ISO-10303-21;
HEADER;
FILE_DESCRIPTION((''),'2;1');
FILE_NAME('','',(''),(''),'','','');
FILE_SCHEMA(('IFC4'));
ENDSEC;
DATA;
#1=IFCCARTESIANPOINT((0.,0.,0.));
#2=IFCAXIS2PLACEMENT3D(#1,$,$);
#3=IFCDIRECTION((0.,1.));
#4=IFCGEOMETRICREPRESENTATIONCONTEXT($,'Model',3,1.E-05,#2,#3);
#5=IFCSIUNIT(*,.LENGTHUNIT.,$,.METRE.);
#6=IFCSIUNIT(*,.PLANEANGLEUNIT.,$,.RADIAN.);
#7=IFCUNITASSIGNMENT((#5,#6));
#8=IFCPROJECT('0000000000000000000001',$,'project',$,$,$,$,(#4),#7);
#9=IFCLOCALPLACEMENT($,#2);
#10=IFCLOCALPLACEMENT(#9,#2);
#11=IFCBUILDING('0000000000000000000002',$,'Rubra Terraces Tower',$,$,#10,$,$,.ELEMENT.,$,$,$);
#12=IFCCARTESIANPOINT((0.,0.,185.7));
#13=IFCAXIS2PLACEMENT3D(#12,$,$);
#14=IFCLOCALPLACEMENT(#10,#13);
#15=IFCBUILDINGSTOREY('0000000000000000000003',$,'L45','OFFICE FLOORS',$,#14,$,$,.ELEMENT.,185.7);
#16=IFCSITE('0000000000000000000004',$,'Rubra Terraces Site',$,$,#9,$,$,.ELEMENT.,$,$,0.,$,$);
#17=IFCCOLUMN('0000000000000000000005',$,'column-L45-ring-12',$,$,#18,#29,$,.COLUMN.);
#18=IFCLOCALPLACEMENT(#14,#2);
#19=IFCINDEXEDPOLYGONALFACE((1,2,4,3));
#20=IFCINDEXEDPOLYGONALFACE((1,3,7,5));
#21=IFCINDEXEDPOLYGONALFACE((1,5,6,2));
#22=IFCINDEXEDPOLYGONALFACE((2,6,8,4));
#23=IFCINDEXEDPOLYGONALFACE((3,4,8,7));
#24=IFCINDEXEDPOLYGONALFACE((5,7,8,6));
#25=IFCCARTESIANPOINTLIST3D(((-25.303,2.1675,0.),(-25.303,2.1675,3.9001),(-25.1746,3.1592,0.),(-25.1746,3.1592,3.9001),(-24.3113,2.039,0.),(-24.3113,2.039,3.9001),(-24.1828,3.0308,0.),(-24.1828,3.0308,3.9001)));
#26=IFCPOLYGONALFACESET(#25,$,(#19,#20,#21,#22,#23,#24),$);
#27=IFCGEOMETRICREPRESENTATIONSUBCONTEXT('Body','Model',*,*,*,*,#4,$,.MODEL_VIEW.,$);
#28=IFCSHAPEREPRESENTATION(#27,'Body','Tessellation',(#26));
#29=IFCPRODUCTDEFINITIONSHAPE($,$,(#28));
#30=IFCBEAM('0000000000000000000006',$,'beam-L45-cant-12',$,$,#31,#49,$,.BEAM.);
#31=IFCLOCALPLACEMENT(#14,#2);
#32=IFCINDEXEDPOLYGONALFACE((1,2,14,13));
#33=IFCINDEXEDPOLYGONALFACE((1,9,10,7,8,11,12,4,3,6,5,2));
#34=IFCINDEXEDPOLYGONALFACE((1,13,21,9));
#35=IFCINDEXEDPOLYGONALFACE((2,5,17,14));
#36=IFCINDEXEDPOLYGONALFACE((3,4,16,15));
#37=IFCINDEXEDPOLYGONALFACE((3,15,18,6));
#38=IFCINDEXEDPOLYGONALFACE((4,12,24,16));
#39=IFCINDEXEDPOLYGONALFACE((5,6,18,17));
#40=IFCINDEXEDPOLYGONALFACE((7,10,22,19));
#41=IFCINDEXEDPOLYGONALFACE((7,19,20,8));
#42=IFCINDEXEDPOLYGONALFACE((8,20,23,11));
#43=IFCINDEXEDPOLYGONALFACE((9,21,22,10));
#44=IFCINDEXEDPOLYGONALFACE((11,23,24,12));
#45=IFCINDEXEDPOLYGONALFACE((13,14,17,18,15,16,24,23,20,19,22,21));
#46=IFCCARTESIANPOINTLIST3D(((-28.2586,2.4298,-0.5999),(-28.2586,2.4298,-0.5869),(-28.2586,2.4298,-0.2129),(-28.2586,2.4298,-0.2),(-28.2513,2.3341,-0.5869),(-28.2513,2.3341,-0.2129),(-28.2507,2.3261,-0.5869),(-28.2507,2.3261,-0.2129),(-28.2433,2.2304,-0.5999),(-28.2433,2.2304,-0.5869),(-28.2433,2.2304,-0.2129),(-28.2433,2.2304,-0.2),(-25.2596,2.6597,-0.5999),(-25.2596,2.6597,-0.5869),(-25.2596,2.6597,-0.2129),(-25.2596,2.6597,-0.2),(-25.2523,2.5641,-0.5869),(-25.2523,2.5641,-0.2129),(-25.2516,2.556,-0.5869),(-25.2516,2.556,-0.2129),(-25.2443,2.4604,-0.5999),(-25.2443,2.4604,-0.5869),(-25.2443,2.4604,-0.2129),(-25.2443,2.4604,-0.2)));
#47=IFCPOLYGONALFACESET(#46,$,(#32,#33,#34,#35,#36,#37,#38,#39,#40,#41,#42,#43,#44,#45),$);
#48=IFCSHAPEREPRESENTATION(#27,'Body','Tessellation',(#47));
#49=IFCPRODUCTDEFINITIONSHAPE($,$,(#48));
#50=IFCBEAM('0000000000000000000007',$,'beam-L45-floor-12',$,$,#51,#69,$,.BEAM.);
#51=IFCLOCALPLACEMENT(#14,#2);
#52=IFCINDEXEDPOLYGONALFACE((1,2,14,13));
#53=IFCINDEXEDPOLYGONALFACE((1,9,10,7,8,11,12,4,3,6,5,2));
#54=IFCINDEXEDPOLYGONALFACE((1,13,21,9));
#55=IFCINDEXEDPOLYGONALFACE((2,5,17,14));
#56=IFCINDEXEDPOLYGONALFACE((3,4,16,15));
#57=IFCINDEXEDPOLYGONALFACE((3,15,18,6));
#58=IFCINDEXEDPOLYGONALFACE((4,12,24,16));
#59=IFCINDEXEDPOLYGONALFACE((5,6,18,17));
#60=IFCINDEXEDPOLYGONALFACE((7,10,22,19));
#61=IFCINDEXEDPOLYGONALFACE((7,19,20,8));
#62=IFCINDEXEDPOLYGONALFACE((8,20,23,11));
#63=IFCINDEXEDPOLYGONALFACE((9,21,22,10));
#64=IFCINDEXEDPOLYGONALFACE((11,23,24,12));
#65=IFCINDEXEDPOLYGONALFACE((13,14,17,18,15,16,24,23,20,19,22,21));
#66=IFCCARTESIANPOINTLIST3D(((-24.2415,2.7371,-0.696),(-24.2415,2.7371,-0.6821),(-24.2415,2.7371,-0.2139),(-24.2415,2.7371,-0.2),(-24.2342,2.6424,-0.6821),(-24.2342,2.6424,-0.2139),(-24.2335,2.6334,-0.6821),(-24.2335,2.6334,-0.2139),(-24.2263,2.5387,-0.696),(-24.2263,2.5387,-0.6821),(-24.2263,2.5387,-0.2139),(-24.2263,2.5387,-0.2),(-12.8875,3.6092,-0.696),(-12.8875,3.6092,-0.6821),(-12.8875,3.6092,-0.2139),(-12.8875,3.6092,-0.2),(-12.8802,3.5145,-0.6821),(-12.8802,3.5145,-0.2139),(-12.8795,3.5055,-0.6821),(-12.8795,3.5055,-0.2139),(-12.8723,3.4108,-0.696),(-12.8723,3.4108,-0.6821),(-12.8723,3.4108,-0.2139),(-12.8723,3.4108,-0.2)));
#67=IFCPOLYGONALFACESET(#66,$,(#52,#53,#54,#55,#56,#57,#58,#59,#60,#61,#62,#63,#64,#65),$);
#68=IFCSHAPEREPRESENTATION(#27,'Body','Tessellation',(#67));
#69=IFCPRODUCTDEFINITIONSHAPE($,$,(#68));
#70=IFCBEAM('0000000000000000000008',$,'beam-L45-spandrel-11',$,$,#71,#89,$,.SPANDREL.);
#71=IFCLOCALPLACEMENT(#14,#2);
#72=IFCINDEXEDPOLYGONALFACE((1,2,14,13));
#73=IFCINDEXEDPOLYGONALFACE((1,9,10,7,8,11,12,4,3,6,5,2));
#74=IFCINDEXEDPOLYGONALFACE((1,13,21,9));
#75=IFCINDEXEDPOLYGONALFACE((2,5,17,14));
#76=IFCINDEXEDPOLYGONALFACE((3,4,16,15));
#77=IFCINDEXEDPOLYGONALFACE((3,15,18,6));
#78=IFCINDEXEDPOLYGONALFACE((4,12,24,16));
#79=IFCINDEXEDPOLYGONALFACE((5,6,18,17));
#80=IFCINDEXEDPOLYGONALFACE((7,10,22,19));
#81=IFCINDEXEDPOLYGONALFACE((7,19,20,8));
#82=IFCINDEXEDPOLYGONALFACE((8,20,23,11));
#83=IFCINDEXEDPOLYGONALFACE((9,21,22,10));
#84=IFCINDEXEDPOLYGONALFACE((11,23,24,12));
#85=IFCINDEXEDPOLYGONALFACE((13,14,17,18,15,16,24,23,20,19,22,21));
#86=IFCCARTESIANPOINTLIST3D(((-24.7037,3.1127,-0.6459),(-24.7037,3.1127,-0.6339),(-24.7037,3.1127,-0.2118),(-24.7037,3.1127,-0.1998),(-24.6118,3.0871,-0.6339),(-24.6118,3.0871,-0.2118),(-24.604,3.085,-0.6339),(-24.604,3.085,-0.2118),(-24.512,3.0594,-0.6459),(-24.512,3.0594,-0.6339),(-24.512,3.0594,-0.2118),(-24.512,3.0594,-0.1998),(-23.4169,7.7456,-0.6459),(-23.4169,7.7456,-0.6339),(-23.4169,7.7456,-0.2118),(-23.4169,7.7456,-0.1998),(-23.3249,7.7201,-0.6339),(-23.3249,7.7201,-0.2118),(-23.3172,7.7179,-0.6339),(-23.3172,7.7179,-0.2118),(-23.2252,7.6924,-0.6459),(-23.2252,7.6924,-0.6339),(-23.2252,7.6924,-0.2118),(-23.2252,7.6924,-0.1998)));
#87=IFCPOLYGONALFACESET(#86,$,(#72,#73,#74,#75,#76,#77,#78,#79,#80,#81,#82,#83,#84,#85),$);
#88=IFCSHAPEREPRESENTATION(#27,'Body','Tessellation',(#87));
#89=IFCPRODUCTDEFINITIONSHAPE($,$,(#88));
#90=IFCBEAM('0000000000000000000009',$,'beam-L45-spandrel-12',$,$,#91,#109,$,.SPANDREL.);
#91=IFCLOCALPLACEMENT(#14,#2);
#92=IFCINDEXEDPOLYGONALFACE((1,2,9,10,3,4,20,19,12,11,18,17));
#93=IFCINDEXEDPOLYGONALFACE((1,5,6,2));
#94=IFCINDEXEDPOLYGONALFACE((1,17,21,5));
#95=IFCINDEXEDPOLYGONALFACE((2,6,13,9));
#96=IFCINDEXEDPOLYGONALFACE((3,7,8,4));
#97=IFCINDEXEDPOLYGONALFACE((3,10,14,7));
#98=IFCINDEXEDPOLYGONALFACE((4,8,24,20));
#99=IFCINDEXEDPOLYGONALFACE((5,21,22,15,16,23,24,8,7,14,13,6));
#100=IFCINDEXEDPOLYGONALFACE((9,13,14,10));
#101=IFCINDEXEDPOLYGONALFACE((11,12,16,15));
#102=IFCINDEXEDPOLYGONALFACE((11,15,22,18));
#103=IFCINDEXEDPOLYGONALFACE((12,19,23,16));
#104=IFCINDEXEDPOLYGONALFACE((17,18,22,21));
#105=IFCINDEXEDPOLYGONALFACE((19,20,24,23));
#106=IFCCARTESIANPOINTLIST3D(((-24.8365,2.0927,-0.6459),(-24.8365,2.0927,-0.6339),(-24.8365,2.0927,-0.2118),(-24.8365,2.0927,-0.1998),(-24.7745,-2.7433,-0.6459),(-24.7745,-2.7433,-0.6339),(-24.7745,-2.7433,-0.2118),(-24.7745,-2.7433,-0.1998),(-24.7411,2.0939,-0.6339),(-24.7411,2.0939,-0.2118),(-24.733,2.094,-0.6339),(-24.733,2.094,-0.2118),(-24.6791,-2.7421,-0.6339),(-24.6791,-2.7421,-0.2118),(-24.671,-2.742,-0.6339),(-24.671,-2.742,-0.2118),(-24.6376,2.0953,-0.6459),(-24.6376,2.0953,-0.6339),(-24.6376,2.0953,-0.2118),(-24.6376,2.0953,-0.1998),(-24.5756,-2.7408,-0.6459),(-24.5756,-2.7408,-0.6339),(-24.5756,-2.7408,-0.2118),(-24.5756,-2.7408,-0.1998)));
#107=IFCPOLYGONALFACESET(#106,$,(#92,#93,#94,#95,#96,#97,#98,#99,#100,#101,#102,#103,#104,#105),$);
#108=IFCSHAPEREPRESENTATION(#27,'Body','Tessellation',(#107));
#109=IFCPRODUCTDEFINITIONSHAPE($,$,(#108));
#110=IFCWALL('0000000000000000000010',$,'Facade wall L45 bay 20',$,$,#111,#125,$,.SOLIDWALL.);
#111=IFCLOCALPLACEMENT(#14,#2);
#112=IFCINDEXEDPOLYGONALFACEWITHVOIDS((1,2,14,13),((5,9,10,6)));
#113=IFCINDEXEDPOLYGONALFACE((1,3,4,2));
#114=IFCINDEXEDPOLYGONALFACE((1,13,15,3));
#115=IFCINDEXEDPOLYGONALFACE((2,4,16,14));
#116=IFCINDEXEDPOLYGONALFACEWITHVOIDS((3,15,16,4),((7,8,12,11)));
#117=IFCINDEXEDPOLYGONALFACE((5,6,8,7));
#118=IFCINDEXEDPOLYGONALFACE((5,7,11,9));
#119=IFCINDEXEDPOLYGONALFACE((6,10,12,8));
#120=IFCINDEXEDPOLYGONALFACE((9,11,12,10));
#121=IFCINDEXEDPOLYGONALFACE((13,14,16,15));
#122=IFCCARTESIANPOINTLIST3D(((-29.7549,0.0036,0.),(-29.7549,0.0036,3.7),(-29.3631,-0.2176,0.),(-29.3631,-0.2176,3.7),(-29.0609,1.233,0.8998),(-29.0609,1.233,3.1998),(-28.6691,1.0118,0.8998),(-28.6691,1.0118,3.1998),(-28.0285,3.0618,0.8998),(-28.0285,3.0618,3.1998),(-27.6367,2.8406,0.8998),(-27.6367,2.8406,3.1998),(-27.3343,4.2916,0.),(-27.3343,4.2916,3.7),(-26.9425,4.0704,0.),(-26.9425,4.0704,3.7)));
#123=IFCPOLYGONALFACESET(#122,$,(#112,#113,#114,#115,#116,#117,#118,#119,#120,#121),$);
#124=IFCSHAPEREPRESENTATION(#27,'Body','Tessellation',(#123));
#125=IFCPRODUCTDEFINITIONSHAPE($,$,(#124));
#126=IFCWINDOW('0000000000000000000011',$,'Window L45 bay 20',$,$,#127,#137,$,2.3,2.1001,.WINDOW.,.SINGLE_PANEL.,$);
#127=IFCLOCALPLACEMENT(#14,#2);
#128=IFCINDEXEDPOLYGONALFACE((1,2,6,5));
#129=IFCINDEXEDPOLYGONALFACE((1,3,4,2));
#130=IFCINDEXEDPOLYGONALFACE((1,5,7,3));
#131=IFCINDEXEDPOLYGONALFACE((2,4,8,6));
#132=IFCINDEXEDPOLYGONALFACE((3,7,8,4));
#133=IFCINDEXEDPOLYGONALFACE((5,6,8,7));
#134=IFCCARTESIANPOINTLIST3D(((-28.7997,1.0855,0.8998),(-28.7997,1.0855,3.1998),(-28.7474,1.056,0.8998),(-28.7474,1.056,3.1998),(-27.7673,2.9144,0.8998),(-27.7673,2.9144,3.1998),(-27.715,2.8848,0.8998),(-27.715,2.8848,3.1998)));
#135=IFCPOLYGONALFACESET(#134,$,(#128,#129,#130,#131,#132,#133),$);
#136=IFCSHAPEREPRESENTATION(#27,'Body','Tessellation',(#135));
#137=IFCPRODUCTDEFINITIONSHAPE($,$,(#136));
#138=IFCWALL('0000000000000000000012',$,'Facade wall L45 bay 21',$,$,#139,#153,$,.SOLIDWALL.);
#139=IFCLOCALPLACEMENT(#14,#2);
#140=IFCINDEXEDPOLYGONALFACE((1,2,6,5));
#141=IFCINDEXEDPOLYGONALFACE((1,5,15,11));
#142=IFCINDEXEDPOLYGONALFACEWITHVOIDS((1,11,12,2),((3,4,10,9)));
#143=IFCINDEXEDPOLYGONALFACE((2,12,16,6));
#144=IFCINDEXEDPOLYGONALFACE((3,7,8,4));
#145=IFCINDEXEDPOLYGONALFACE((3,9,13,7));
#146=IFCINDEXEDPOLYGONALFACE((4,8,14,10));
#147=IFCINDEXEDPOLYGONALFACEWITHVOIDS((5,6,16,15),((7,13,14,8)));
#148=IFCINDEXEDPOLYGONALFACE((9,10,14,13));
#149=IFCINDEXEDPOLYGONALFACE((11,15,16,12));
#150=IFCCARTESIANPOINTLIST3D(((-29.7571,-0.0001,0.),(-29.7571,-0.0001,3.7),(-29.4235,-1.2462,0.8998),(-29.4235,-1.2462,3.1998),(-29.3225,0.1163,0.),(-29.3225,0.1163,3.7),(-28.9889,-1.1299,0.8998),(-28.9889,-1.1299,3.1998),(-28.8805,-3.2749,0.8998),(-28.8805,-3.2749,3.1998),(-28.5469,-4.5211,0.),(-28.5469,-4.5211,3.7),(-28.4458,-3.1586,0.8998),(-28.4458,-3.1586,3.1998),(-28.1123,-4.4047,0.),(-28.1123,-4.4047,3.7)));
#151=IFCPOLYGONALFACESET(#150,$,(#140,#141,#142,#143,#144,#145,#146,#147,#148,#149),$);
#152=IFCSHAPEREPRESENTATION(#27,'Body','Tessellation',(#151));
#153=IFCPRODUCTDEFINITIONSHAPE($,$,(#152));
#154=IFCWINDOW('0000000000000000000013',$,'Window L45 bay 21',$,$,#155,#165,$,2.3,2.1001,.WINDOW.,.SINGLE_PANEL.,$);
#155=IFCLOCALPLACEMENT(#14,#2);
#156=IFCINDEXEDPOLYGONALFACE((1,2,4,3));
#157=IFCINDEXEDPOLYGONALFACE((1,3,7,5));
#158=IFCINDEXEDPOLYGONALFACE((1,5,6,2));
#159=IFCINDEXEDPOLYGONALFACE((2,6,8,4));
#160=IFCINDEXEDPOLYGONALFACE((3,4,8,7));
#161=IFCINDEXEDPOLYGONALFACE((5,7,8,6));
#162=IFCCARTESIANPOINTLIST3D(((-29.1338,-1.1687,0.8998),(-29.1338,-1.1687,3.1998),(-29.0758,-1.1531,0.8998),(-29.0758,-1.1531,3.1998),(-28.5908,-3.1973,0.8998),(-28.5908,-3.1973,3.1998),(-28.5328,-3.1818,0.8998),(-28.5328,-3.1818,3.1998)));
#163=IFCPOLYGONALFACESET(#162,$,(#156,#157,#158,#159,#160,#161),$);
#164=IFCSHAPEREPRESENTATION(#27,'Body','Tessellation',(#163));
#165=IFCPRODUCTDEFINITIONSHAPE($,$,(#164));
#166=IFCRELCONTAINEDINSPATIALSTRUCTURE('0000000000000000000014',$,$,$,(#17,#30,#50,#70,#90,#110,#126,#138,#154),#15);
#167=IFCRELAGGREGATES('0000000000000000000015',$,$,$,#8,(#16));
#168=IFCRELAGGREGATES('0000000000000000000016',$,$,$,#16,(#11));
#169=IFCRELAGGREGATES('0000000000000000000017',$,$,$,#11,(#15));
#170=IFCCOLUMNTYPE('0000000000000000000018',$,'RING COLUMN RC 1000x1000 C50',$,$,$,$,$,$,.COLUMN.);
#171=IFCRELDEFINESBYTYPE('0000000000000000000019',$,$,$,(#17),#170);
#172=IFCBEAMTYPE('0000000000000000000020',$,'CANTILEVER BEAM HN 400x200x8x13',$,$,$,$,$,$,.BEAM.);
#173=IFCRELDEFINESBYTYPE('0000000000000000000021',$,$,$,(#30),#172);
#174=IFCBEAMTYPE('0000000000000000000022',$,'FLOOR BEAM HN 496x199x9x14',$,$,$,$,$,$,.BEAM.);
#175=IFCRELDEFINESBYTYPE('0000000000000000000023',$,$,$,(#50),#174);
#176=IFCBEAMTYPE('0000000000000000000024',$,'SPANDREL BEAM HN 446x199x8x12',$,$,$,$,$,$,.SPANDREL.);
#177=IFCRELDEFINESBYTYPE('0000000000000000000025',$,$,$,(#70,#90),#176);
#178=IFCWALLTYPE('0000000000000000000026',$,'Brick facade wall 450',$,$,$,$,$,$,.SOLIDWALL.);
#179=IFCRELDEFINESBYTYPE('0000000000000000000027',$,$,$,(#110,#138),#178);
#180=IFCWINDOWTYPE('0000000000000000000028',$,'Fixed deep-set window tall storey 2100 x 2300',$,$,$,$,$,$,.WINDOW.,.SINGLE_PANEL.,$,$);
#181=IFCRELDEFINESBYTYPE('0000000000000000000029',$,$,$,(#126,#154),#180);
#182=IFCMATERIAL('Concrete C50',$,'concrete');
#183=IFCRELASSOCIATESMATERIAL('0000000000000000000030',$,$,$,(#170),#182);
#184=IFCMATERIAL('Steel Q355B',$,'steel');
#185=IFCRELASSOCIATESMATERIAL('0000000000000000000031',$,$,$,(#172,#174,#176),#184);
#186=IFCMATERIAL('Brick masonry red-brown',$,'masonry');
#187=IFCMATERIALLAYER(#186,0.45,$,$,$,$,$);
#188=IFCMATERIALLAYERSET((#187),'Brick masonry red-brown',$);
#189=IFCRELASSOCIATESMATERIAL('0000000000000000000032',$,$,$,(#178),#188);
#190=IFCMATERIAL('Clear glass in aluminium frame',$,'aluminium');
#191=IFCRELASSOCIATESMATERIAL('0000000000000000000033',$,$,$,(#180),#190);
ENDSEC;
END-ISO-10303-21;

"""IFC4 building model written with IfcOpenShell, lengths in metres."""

from ifc_helpers import new_model, si_unit, direction, frame, frame_2d, origin, origin_2d, place, context, subcontext, project, spatial, rectangle, i_section, extrude, material, layer, layer_set, material_profile, profile_set, type_object, element, fill, save


model = new_model("IFC4")

# Units and contexts
model_context = context("Model", 3, precision=1e-05, world=origin(), true_north=direction((0.0, 1.0)))
body_context = subcontext(model_context, "Body", "Model", "MODEL_VIEW")
ifc_project = project(units=[si_unit("LENGTHUNIT", "METRE"), si_unit("PLANEANGLEUNIT", "RADIAN")], contexts=[model_context])

# Site, building, storey
site_placement = place(None, origin())
site = spatial("IfcSite", under=ifc_project, at=site_placement, Name="Rubra Terraces Site", CompositionType="ELEMENT", RefElevation=0.0)
building_placement = place(site_placement, origin())
building = spatial("IfcBuilding", under=site, at=building_placement, Name="Rubra Terraces Tower", CompositionType="ELEMENT")
storey_placement = place(building_placement, frame((0.0, 0.0, 185.7)))
storey = spatial("IfcBuildingStorey", under=building, at=storey_placement, Name="L45", Description="OFFICE FLOORS", CompositionType="ELEMENT", Elevation=185.7)

# Column
ifc_material_1 = material(Name="Concrete C50", Category="concrete")
ifc_material_profile_1 = material_profile(ifc_material_1, rectangle(XDim=1.0, YDim=1.0, at=origin_2d()), Name="RC 1000x1000")
ifc_profile_set_1 = profile_set([ifc_material_profile_1], Name="Concrete C50")
column_type = type_object("IfcColumnType", Name="RING COLUMN RC 1000x1000 C50", PredefinedType="COLUMN", material=ifc_profile_set_1)
column_placement = place(storey_placement, frame((-24.7429, 2.5991, 0.0), z_axis=(0.0, 0.0, 1.0), x_axis=(-0.128444, -0.991717, 0.0)))
element("IfcColumn", 1, at=column_placement, inside=storey, type_object=column_type, Name="column-L45-ring-12", PredefinedType="COLUMN", context=body_context, shape_type="SweptSolid", body=[
    extrude(rectangle(XDim=1.0, YDim=1.0, at=origin_2d()), origin(), (0.0, 0.0, 1.0), 3.9001),
])

# Beams
ifc_material_2 = material(Name="Steel Q355B", Category="steel")
ifc_material_profile_2 = material_profile(ifc_material_2, i_section(OverallWidth=0.2, OverallDepth=0.3999, WebThickness=0.0081, FlangeThickness=0.0129, at=origin_2d()), Name="HN 400x200x8x13")
ifc_profile_set_2 = profile_set([ifc_material_profile_2], Name="Steel Q355B")
beam_type_1 = type_object("IfcBeamType", Name="CANTILEVER BEAM HN 400x200x8x13", PredefinedType="BEAM", material=ifc_profile_set_2)
beam_1_placement = place(storey_placement, frame((-25.252, 2.5601, -0.3999), z_axis=(-0.997073, -0.076461, 0.0), x_axis=(0.076461, -0.997073, 0.0)))
element("IfcBeam", 2, at=beam_1_placement, inside=storey, type_object=beam_type_1, Name="beam-L45-cant-12", PredefinedType="BEAM", context=body_context, shape_type="SweptSolid", body=[
    extrude(i_section(OverallWidth=0.2, OverallDepth=0.3999, WebThickness=0.0081, FlangeThickness=0.0129, at=origin_2d()), origin(), (0.0, 0.0, 1.0), 3.0078),
])
ifc_material_profile_3 = material_profile(ifc_material_2, i_section(OverallWidth=0.199, OverallDepth=0.4961, WebThickness=0.009, FlangeThickness=0.0139, at=origin_2d()), Name="HN 496x199x9x14")
ifc_profile_set_3 = profile_set([ifc_material_profile_3], Name="Steel Q355B")
beam_type_2 = type_object("IfcBeamType", Name="FLOOR BEAM HN 496x199x9x14", PredefinedType="BEAM", material=ifc_profile_set_3)
beam_2_placement = place(storey_placement, frame((-24.2339, 2.6379, -0.448), z_axis=(0.997063, 0.076582, 0.0), x_axis=(-0.076582, 0.997063, 0.0)))
element("IfcBeam", 3, at=beam_2_placement, inside=storey, type_object=beam_type_2, Name="beam-L45-floor-12", PredefinedType="BEAM", context=body_context, shape_type="SweptSolid", body=[
    extrude(i_section(OverallWidth=0.199, OverallDepth=0.4961, WebThickness=0.009, FlangeThickness=0.0139, at=origin_2d()), origin(), (0.0, 0.0, 1.0), 11.3875),
])
ifc_material_profile_4 = material_profile(ifc_material_2, i_section(OverallWidth=0.199, OverallDepth=0.446, WebThickness=0.0081, FlangeThickness=0.012, at=origin_2d()), Name="HN 446x199x8x12")
ifc_profile_set_4 = profile_set([ifc_material_profile_4], Name="Steel Q355B")
beam_type_3 = type_object("IfcBeamType", Name="SPANDREL BEAM HN 446x199x8x12", PredefinedType="SPANDREL", material=ifc_profile_set_4)
beam_3_placement = place(storey_placement, frame((-23.321, 7.719, -0.4229), z_axis=(-0.267626, -0.963523, 0.0), x_axis=(0.963523, -0.267626, 0.0)))
element("IfcBeam", 4, at=beam_3_placement, inside=storey, type_object=beam_type_3, Name="beam-L45-spandrel-11", PredefinedType="SPANDREL", context=body_context, shape_type="SweptSolid", body=[
    extrude(i_section(OverallWidth=0.199, OverallDepth=0.446, WebThickness=0.0081, FlangeThickness=0.012, at=origin_2d()), origin(), (0.0, 0.0, 1.0), 4.8083),
])
beam_4_placement = place(storey_placement, frame((-24.7371, 2.094, -0.4229), z_axis=(0.012822, -0.999918, 0.0), x_axis=(0.999918, 0.012822, 0.0)))
element("IfcBeam", 5, at=beam_4_placement, inside=storey, type_object=beam_type_3, Name="beam-L45-spandrel-12", PredefinedType="SPANDREL", context=body_context, shape_type="SweptSolid", body=[
    extrude(i_section(OverallWidth=0.199, OverallDepth=0.446, WebThickness=0.0081, FlangeThickness=0.012, at=origin_2d()), origin(), (0.0, 0.0, 1.0), 4.8364),
])

# Walls, openings, windows
ifc_material_3 = material(Name="Brick masonry red-brown", Category="masonry")
ifc_layer_1 = layer(ifc_material_3, 0.45)
ifc_layer_set_1 = layer_set([ifc_layer_1], Name="Brick masonry red-brown")
wall_type_1 = type_object("IfcWallType", Name="Brick facade wall 450", PredefinedType="SOLIDWALL", material=ifc_layer_set_1)
wall_1_placement = place(storey_placement, frame((-27.1384, 4.1809, 0.0), z_axis=(0.0, 0.0, 1.0), x_axis=(-0.491588, -0.870828, 0.0)))
wall_1 = element("IfcWall", 6, at=wall_1_placement, inside=storey, type_object=wall_type_1, Name="Facade wall L45 bay 20", PredefinedType="SOLIDWALL", context=body_context, shape_type="SweptSolid", body=[
    extrude(rectangle(XDim=4.9241, YDim=0.45, at=frame_2d((2.4619, 0.0))), origin(), (0.0, 0.0, 1.0), 3.7),
])
opening_1_placement = place(wall_1_placement, frame((1.4121, 0.0, 0.8999)))
opening_1 = element("IfcOpeningElement", 7, at=opening_1_placement, cuts=wall_1, PredefinedType="OPENING", context=body_context, shape_type="SweptSolid", body=[
    extrude(rectangle(XDim=2.1001, YDim=2.3, at=frame_2d((1.05, 1.1499))), frame((0.0, 0.2349, 0.0), z_axis=(0.0, -1.0, 0.0), x_axis=(1.0, 0.0, 0.0)), (0.0, 0.0, 1.0), 0.47),
])
ifc_material_4 = material(Name="Clear glass in aluminium frame", Category="aluminium")
window_type = type_object("IfcWindowType", Name="Fixed deep-set window tall storey 2100 x 2300", PartitioningType="SINGLE_PANEL", PredefinedType="WINDOW", material=ifc_material_4)
window_1_placement = place(opening_1_placement, origin())
window_1 = element("IfcWindow", 8, at=window_1_placement, inside=storey, type_object=window_type, Name="Window L45 bay 20", OverallHeight=2.3, OverallWidth=2.1001, PartitioningType="SINGLE_PANEL", PredefinedType="WINDOW", context=body_context, shape_type="SweptSolid", body=[
    extrude(rectangle(XDim=2.1001, YDim=2.3, at=frame_2d((1.05, 1.1499))), frame((0.0, 0.135, 0.0), z_axis=(0.0, -1.0, 0.0), x_axis=(1.0, 0.0, 0.0)), (0.0, 0.0, 1.0), 0.0601),
])
fill(opening_1, window_1)
wall_2_placement = place(storey_placement, frame((-29.5398, 0.0581, 0.0), z_axis=(0.0, 0.0, 1.0), x_axis=(0.258581, -0.965989, 0.0)))
wall_2 = element("IfcWall", 9, at=wall_2_placement, inside=storey, type_object=wall_type_1, Name="Facade wall L45 bay 21", PredefinedType="SOLIDWALL", context=body_context, shape_type="SweptSolid", body=[
    extrude(rectangle(XDim=4.6802, YDim=0.45, at=frame_2d((2.3401, 0.0))), origin(), (0.0, 0.0, 1.0), 3.7),
])
opening_2_placement = place(wall_2_placement, frame((1.29, 0.0, 0.8999)))
opening_2 = element("IfcOpeningElement", 10, at=opening_2_placement, cuts=wall_2, PredefinedType="OPENING", context=body_context, shape_type="SweptSolid", body=[
    extrude(rectangle(XDim=2.1001, YDim=2.3, at=frame_2d((1.05, 1.1499))), frame((0.0, 0.2349, 0.0), z_axis=(0.0, -1.0, 0.0), x_axis=(1.0, 0.0, 0.0)), (0.0, 0.0, 1.0), 0.47),
])
window_2_placement = place(opening_2_placement, origin())
window_2 = element("IfcWindow", 11, at=window_2_placement, inside=storey, type_object=window_type, Name="Window L45 bay 21", OverallHeight=2.3, OverallWidth=2.1001, PartitioningType="SINGLE_PANEL", PredefinedType="WINDOW", context=body_context, shape_type="SweptSolid", body=[
    extrude(rectangle(XDim=2.1001, YDim=2.3, at=frame_2d((1.05, 1.1499))), frame((0.0, 0.135, 0.0), z_axis=(0.0, -1.0, 0.0), x_axis=(1.0, 0.0, 0.0)), (0.0, 0.0, 1.0), 0.0601),
])
fill(opening_2, window_2)

save(model, "model.ifc")
